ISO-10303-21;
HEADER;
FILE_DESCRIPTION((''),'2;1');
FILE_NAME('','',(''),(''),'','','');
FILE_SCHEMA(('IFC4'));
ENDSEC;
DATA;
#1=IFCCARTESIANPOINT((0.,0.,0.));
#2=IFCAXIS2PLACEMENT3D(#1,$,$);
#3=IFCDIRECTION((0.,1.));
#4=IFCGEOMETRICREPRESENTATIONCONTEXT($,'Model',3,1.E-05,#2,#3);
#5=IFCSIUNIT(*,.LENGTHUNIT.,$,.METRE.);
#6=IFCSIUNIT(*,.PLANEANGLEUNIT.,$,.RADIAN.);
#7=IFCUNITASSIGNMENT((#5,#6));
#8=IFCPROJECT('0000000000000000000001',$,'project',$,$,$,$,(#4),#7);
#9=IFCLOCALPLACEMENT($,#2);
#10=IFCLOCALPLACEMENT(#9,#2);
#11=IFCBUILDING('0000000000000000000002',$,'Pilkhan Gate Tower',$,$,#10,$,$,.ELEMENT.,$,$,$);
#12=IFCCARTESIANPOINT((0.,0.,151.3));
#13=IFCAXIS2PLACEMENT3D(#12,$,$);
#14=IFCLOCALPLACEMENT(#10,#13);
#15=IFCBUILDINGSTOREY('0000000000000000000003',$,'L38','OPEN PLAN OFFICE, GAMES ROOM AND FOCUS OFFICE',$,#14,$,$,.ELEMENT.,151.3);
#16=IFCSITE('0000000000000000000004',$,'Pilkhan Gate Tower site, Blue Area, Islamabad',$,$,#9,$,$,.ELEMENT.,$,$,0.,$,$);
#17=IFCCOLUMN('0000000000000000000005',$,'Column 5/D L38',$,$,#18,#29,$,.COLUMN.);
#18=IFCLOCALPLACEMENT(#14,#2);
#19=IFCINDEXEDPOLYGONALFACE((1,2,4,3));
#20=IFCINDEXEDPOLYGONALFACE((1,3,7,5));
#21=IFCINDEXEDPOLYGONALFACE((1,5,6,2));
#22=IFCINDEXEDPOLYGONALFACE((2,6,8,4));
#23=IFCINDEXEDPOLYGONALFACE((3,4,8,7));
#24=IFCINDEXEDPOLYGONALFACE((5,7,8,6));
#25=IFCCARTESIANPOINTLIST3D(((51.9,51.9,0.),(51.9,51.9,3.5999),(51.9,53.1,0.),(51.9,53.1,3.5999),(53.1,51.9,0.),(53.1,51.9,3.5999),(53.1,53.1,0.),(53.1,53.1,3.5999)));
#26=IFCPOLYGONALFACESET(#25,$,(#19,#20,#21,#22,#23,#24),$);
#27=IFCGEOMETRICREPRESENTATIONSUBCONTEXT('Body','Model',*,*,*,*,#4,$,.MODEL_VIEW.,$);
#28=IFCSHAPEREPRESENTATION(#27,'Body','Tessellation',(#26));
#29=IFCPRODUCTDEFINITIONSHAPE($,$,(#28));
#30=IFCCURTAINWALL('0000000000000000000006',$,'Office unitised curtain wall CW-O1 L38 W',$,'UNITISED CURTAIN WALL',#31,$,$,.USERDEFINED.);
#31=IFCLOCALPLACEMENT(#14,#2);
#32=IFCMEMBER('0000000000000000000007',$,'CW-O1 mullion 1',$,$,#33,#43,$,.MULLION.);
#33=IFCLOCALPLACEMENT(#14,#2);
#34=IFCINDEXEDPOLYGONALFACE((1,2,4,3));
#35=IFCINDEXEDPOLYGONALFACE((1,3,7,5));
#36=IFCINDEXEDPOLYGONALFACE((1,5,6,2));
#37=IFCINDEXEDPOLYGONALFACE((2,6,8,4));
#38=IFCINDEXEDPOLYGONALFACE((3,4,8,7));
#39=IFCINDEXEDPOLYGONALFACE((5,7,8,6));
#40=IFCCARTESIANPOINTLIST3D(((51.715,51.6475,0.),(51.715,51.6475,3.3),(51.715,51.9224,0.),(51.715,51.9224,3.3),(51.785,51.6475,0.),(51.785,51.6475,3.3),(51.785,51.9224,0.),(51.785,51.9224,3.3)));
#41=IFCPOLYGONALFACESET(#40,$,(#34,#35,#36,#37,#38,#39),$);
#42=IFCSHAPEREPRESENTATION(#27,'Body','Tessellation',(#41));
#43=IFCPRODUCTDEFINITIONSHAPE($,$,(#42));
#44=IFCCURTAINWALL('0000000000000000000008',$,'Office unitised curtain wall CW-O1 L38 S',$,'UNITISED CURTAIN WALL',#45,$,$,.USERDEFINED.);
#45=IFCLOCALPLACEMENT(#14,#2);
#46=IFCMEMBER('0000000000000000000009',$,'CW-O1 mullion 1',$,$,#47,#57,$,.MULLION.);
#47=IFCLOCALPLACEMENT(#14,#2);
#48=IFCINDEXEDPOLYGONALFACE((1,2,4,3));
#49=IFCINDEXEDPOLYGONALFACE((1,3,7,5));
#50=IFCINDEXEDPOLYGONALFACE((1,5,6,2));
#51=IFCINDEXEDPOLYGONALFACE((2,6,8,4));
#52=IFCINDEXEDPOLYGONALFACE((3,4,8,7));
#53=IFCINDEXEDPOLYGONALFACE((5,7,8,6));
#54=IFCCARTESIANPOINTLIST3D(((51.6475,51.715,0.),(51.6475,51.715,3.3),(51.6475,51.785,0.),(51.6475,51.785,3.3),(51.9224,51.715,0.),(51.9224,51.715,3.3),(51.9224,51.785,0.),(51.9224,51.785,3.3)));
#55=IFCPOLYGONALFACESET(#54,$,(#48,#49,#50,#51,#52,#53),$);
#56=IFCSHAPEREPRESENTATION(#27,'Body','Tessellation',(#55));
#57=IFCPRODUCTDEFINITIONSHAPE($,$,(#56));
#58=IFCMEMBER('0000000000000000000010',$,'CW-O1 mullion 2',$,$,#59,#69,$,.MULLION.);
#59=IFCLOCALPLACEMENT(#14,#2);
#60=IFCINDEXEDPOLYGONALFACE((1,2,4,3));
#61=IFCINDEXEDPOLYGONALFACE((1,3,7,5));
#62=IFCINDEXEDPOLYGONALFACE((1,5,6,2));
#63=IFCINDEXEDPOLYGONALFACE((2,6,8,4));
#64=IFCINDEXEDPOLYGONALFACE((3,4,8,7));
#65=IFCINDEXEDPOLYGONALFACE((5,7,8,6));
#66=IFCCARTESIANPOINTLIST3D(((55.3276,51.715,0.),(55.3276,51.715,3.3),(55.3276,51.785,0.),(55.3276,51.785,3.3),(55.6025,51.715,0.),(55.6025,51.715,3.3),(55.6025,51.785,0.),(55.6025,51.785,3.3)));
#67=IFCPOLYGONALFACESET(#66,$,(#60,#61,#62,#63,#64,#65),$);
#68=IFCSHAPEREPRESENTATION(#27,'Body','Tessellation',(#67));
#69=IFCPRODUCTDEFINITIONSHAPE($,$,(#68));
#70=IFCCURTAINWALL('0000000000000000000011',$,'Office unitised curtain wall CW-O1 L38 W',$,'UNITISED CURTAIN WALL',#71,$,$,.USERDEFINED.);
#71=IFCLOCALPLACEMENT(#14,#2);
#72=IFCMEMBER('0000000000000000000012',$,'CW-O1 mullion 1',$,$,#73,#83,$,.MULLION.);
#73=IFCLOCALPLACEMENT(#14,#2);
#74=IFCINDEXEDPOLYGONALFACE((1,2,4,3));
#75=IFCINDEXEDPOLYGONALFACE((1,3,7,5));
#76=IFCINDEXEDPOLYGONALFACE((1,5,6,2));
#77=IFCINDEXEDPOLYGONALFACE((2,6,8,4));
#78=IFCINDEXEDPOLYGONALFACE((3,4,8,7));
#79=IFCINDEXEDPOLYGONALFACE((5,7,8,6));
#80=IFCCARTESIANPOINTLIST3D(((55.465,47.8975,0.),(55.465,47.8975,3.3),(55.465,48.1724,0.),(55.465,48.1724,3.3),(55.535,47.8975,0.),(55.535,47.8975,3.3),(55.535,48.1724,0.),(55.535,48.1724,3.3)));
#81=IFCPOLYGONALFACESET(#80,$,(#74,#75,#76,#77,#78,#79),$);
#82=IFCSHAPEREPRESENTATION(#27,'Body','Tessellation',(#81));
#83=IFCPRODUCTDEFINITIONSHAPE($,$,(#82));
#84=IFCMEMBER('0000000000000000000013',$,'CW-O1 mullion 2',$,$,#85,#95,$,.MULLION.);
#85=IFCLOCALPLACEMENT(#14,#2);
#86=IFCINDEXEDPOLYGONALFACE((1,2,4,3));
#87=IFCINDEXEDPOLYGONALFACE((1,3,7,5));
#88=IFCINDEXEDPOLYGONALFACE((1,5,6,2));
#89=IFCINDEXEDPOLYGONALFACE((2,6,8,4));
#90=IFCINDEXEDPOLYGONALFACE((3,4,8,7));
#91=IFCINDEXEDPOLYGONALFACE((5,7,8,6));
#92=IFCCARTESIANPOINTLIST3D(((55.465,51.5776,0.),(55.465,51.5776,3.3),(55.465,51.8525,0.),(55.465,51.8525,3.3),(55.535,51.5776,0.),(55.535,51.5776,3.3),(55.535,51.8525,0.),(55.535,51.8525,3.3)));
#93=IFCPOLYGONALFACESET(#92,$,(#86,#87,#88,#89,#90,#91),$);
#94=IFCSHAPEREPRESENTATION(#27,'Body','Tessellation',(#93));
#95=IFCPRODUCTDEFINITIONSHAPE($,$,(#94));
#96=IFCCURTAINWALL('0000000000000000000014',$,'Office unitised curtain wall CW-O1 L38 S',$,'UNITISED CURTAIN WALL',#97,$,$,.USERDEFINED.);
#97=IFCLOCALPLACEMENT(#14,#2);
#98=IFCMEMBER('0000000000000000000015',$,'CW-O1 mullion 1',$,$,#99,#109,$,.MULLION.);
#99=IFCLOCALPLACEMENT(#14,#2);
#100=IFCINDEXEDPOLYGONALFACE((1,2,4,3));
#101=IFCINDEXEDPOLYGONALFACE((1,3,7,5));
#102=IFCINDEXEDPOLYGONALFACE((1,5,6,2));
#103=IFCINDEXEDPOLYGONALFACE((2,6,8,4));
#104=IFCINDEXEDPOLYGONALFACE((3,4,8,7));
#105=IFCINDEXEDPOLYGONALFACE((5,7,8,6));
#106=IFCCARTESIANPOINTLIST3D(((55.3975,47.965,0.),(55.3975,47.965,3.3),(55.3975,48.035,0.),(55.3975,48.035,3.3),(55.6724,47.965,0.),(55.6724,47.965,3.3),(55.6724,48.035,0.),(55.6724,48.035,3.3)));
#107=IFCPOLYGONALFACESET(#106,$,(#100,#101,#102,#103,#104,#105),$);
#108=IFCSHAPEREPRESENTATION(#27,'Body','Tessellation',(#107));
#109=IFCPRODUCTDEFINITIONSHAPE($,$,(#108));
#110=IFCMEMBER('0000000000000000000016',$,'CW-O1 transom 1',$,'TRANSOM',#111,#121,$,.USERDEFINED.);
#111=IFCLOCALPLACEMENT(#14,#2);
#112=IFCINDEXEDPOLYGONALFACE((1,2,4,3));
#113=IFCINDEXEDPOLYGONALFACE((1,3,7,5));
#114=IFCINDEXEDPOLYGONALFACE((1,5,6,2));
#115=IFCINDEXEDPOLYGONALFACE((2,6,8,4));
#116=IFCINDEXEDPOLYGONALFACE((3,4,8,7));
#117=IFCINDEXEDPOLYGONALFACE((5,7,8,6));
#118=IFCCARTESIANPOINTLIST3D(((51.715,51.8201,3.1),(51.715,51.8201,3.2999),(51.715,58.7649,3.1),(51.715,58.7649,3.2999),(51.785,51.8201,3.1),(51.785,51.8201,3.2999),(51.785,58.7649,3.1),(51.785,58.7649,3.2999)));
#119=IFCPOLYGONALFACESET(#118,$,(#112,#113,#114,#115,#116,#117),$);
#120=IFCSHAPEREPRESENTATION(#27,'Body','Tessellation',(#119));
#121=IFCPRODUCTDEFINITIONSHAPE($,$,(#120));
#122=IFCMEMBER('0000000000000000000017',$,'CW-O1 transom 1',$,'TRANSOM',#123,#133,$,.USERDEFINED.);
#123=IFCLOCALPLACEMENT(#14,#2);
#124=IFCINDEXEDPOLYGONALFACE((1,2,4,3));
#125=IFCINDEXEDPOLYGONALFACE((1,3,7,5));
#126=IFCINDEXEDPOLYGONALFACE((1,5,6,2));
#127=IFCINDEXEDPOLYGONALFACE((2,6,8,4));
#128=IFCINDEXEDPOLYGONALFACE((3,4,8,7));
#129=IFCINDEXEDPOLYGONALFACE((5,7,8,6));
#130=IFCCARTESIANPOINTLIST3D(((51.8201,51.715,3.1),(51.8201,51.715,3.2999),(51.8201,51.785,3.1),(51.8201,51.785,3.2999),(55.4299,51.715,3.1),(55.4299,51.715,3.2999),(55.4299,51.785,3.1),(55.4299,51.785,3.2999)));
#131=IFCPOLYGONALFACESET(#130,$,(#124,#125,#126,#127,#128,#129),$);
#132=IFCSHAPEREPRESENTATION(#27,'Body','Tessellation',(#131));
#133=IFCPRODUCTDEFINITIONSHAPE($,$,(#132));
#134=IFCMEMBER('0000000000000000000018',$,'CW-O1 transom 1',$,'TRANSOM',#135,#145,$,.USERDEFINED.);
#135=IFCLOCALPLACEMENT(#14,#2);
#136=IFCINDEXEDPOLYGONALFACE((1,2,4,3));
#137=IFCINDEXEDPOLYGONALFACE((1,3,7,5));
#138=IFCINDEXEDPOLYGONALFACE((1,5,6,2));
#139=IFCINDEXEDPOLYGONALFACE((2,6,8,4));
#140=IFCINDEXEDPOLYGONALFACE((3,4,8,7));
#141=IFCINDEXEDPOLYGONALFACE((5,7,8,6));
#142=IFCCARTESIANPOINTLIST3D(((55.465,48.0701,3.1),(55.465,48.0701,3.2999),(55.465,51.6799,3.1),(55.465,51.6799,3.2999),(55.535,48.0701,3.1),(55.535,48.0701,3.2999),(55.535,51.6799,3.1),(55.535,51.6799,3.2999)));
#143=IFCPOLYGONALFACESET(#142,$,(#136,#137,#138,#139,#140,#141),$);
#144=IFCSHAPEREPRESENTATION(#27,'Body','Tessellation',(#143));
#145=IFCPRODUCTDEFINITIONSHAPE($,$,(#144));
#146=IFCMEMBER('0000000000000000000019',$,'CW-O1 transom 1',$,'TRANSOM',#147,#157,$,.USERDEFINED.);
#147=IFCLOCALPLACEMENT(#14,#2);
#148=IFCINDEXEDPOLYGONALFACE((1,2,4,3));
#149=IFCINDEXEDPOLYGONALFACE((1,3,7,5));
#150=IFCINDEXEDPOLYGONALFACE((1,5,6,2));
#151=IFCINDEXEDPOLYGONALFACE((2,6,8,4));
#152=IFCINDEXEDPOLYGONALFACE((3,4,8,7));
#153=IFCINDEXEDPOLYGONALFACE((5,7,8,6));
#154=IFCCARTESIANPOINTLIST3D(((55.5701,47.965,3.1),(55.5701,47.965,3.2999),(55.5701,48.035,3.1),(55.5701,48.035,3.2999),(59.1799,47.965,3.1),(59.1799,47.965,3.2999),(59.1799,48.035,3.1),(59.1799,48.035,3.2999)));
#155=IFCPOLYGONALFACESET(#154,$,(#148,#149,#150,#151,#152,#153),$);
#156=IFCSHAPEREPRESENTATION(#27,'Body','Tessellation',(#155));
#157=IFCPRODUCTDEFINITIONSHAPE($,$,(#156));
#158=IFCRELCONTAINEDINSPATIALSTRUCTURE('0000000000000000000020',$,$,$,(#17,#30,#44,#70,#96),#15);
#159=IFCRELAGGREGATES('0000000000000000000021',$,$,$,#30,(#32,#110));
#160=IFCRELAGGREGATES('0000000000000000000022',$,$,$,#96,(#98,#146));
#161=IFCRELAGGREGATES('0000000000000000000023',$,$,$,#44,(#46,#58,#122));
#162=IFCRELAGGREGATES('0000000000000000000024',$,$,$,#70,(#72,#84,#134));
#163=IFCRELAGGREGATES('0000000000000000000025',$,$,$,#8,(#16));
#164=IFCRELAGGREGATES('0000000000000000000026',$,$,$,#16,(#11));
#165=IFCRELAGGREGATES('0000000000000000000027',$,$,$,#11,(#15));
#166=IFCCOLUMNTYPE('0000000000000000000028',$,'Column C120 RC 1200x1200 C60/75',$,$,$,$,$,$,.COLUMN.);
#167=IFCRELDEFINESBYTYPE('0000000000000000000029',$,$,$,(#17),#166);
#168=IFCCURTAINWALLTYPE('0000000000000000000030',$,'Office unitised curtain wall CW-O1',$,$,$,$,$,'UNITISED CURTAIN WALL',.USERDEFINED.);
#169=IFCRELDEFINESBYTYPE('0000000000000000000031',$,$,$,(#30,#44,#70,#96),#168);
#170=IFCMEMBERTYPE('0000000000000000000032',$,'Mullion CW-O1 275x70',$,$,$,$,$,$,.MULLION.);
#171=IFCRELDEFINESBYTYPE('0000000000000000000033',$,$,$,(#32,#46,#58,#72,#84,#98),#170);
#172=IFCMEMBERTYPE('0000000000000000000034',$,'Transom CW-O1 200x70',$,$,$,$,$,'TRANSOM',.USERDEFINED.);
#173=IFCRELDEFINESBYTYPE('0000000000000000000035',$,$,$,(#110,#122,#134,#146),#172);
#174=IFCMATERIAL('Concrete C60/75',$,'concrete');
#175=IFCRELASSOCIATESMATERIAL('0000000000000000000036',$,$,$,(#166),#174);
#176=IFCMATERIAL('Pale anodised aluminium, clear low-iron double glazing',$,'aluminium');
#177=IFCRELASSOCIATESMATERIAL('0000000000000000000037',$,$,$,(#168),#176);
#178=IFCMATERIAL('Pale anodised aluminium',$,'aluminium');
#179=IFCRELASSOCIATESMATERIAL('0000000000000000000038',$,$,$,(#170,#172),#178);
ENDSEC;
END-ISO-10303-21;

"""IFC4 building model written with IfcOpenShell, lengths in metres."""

from ifc_helpers import new_model, si_unit, direction, frame, origin, origin_2d, place, context, subcontext, project, spatial, rectangle, extrude, material, material_profile, profile_set, type_object, element, aggregate, save


model = new_model("IFC4")

# Units and contexts
model_context = context("Model", 3, precision=1e-05, world=origin(), true_north=direction((0.0, 1.0)))
body_context = subcontext(model_context, "Body", "Model", "MODEL_VIEW")
ifc_project = project(units=[si_unit("LENGTHUNIT", "METRE"), si_unit("PLANEANGLEUNIT", "RADIAN")], contexts=[model_context])

# Site, building, storey
site_placement = place(None, origin())
site = spatial("IfcSite", under=ifc_project, at=site_placement, Name="Pilkhan Gate Tower site, Blue Area, Islamabad", CompositionType="ELEMENT", RefElevation=0.0)
building_placement = place(site_placement, origin())
building = spatial("IfcBuilding", under=site, at=building_placement, Name="Pilkhan Gate Tower", CompositionType="ELEMENT")
storey_placement = place(building_placement, frame((0.0, 0.0, 151.3)))
storey = spatial("IfcBuildingStorey", under=building, at=storey_placement, Name="L38", Description="OPEN PLAN OFFICE, GAMES ROOM AND FOCUS OFFICE", CompositionType="ELEMENT", Elevation=151.3)

# Column
ifc_material_1 = material(Name="Concrete C60/75", Category="concrete")
ifc_material_profile_1 = material_profile(ifc_material_1, rectangle(XDim=1.2, YDim=1.2, at=origin_2d()), Name="RC 1200x1200")
ifc_profile_set_1 = profile_set([ifc_material_profile_1], Name="Concrete C60/75")
column_type = type_object("IfcColumnType", Name="Column C120 RC 1200x1200 C60/75", PredefinedType="COLUMN", material=ifc_profile_set_1)
column_placement = place(storey_placement, frame((52.5, 52.5, 0.0), z_axis=(0.0, 0.0, 1.0), x_axis=(1.0, 0.0, 0.0)))
element("IfcColumn", 1, at=column_placement, inside=storey, type_object=column_type, Name="Column 5/D L38", PredefinedType="COLUMN", context=body_context, shape_type="SweptSolid", body=[
    extrude(rectangle(XDim=1.2, YDim=1.2, at=origin_2d()), origin(), (0.0, 0.0, 1.0), 3.5999),
])

# Curtain wall, member
ifc_material_2 = material(Name="Pale anodised aluminium, clear low-iron double glazing", Category="aluminium")
curtain_wall_type = type_object("IfcCurtainWallType", Name="Office unitised curtain wall CW-O1", ElementType="UNITISED CURTAIN WALL", PredefinedType="USERDEFINED", material=ifc_material_2)
curtain_wall_1_placement = place(storey_placement, origin())
curtain_wall_1 = element("IfcCurtainWall", 2, at=curtain_wall_1_placement, inside=storey, type_object=curtain_wall_type, Name="Office unitised curtain wall CW-O1 L38 W", ObjectType="UNITISED CURTAIN WALL", PredefinedType="USERDEFINED")
ifc_material_3 = material(Name="Pale anodised aluminium", Category="aluminium")
ifc_material_profile_2 = material_profile(ifc_material_3, rectangle(XDim=0.0701, YDim=0.2749, at=origin_2d()), Name="Mullion 275x70")
ifc_profile_set_2 = profile_set([ifc_material_profile_2], Name="Pale anodised aluminium")
member_type_1 = type_object("IfcMemberType", Name="Mullion CW-O1 275x70", PredefinedType="MULLION", material=ifc_profile_set_2)
member_1_placement = place(storey_placement, frame((51.75, 51.7849, 0.0), z_axis=(0.0, 0.0, 1.0), x_axis=(-1.0, 0.0, 0.0)))
member_1 = element("IfcMember", 3, at=member_1_placement, type_object=member_type_1, Name="CW-O1 mullion 1", PredefinedType="MULLION", context=body_context, shape_type="SweptSolid", body=[
    extrude(rectangle(XDim=0.0701, YDim=0.2749, at=origin_2d()), origin(), (0.0, 0.0, 1.0), 3.3),
])

# Curtain walls, members
curtain_wall_2_placement = place(storey_placement, origin())
curtain_wall_2 = element("IfcCurtainWall", 4, at=curtain_wall_2_placement, inside=storey, type_object=curtain_wall_type, Name="Office unitised curtain wall CW-O1 L38 S", ObjectType="UNITISED CURTAIN WALL", PredefinedType="USERDEFINED")
member_2_placement = place(storey_placement, frame((51.7849, 51.75, 0.0), z_axis=(0.0, 0.0, 1.0), x_axis=(0.0, 1.0, 0.0)))
member_2 = element("IfcMember", 5, at=member_2_placement, type_object=member_type_1, Name="CW-O1 mullion 1", PredefinedType="MULLION", context=body_context, shape_type="SweptSolid", body=[
    extrude(rectangle(XDim=0.0701, YDim=0.2749, at=origin_2d()), origin(), (0.0, 0.0, 1.0), 3.3),
])
member_3_placement = place(storey_placement, frame((55.4651, 51.75, 0.0), z_axis=(0.0, 0.0, 1.0), x_axis=(0.0, 1.0, 0.0)))
member_3 = element("IfcMember", 6, at=member_3_placement, type_object=member_type_1, Name="CW-O1 mullion 2", PredefinedType="MULLION", context=body_context, shape_type="SweptSolid", body=[
    extrude(rectangle(XDim=0.0701, YDim=0.2749, at=origin_2d()), origin(), (0.0, 0.0, 1.0), 3.3),
])
curtain_wall_3_placement = place(storey_placement, origin())
curtain_wall_3 = element("IfcCurtainWall", 7, at=curtain_wall_3_placement, inside=storey, type_object=curtain_wall_type, Name="Office unitised curtain wall CW-O1 L38 W", ObjectType="UNITISED CURTAIN WALL", PredefinedType="USERDEFINED")
member_4_placement = place(storey_placement, frame((55.5, 48.0349, 0.0), z_axis=(0.0, 0.0, 1.0), x_axis=(-1.0, 0.0, 0.0)))
member_4 = element("IfcMember", 8, at=member_4_placement, type_object=member_type_1, Name="CW-O1 mullion 1", PredefinedType="MULLION", context=body_context, shape_type="SweptSolid", body=[
    extrude(rectangle(XDim=0.0701, YDim=0.2749, at=origin_2d()), origin(), (0.0, 0.0, 1.0), 3.3),
])
member_5_placement = place(storey_placement, frame((55.5, 51.7151, 0.0), z_axis=(0.0, 0.0, 1.0), x_axis=(-1.0, 0.0, 0.0)))
member_5 = element("IfcMember", 9, at=member_5_placement, type_object=member_type_1, Name="CW-O1 mullion 2", PredefinedType="MULLION", context=body_context, shape_type="SweptSolid", body=[
    extrude(rectangle(XDim=0.0701, YDim=0.2749, at=origin_2d()), origin(), (0.0, 0.0, 1.0), 3.3),
])

# Curtain wall, member
curtain_wall_4_placement = place(storey_placement, origin())
curtain_wall_4 = element("IfcCurtainWall", 10, at=curtain_wall_4_placement, inside=storey, type_object=curtain_wall_type, Name="Office unitised curtain wall CW-O1 L38 S", ObjectType="UNITISED CURTAIN WALL", PredefinedType="USERDEFINED")
member_6_placement = place(storey_placement, frame((55.5349, 48.0, 0.0), z_axis=(0.0, 0.0, 1.0), x_axis=(0.0, 1.0, 0.0)))
member_6 = element("IfcMember", 11, at=member_6_placement, type_object=member_type_1, Name="CW-O1 mullion 1", PredefinedType="MULLION", context=body_context, shape_type="SweptSolid", body=[
    extrude(rectangle(XDim=0.0701, YDim=0.2749, at=origin_2d()), origin(), (0.0, 0.0, 1.0), 3.3),
])

# Members
ifc_material_profile_3 = material_profile(ifc_material_3, rectangle(XDim=0.0701, YDim=0.2, at=origin_2d()), Name="Transom 200x70")
ifc_profile_set_3 = profile_set([ifc_material_profile_3], Name="Pale anodised aluminium")
member_type_2 = type_object("IfcMemberType", Name="Transom CW-O1 200x70", ElementType="TRANSOM", PredefinedType="USERDEFINED", material=ifc_profile_set_3)
member_7_placement = place(storey_placement, frame((51.75, 51.8201, 3.2), z_axis=(0.0, 1.0, 0.0), x_axis=(-1.0, 0.0, 0.0)))
member_7 = element("IfcMember", 12, at=member_7_placement, type_object=member_type_2, Name="CW-O1 transom 1", ObjectType="TRANSOM", PredefinedType="USERDEFINED", context=body_context, shape_type="SweptSolid", body=[
    extrude(rectangle(XDim=0.0701, YDim=0.2, at=origin_2d()), origin(), (0.0, 0.0, 1.0), 6.9448),
])
aggregate(curtain_wall_1, [member_1, member_7])
member_8_placement = place(storey_placement, frame((51.8201, 51.75, 3.2), z_axis=(1.0, 0.0, 0.0), x_axis=(0.0, 1.0, 0.0)))
member_8 = element("IfcMember", 13, at=member_8_placement, type_object=member_type_2, Name="CW-O1 transom 1", ObjectType="TRANSOM", PredefinedType="USERDEFINED", context=body_context, shape_type="SweptSolid", body=[
    extrude(rectangle(XDim=0.0701, YDim=0.2, at=origin_2d()), origin(), (0.0, 0.0, 1.0), 3.6099),
])
member_9_placement = place(storey_placement, frame((55.5, 48.0701, 3.2), z_axis=(0.0, 1.0, 0.0), x_axis=(-1.0, 0.0, 0.0)))
member_9 = element("IfcMember", 14, at=member_9_placement, type_object=member_type_2, Name="CW-O1 transom 1", ObjectType="TRANSOM", PredefinedType="USERDEFINED", context=body_context, shape_type="SweptSolid", body=[
    extrude(rectangle(XDim=0.0701, YDim=0.2, at=origin_2d()), origin(), (0.0, 0.0, 1.0), 3.6099),
])
member_10_placement = place(storey_placement, frame((55.5701, 48.0, 3.2), z_axis=(1.0, 0.0, 0.0), x_axis=(0.0, 1.0, 0.0)))
member_10 = element("IfcMember", 15, at=member_10_placement, type_object=member_type_2, Name="CW-O1 transom 1", ObjectType="TRANSOM", PredefinedType="USERDEFINED", context=body_context, shape_type="SweptSolid", body=[
    extrude(rectangle(XDim=0.0701, YDim=0.2, at=origin_2d()), origin(), (0.0, 0.0, 1.0), 3.6099),
])
aggregate(curtain_wall_4, [member_6, member_10])

aggregate(curtain_wall_2, [member_2, member_3, member_8])
aggregate(curtain_wall_3, [member_4, member_5, member_9])

save(model, "model.ifc")
